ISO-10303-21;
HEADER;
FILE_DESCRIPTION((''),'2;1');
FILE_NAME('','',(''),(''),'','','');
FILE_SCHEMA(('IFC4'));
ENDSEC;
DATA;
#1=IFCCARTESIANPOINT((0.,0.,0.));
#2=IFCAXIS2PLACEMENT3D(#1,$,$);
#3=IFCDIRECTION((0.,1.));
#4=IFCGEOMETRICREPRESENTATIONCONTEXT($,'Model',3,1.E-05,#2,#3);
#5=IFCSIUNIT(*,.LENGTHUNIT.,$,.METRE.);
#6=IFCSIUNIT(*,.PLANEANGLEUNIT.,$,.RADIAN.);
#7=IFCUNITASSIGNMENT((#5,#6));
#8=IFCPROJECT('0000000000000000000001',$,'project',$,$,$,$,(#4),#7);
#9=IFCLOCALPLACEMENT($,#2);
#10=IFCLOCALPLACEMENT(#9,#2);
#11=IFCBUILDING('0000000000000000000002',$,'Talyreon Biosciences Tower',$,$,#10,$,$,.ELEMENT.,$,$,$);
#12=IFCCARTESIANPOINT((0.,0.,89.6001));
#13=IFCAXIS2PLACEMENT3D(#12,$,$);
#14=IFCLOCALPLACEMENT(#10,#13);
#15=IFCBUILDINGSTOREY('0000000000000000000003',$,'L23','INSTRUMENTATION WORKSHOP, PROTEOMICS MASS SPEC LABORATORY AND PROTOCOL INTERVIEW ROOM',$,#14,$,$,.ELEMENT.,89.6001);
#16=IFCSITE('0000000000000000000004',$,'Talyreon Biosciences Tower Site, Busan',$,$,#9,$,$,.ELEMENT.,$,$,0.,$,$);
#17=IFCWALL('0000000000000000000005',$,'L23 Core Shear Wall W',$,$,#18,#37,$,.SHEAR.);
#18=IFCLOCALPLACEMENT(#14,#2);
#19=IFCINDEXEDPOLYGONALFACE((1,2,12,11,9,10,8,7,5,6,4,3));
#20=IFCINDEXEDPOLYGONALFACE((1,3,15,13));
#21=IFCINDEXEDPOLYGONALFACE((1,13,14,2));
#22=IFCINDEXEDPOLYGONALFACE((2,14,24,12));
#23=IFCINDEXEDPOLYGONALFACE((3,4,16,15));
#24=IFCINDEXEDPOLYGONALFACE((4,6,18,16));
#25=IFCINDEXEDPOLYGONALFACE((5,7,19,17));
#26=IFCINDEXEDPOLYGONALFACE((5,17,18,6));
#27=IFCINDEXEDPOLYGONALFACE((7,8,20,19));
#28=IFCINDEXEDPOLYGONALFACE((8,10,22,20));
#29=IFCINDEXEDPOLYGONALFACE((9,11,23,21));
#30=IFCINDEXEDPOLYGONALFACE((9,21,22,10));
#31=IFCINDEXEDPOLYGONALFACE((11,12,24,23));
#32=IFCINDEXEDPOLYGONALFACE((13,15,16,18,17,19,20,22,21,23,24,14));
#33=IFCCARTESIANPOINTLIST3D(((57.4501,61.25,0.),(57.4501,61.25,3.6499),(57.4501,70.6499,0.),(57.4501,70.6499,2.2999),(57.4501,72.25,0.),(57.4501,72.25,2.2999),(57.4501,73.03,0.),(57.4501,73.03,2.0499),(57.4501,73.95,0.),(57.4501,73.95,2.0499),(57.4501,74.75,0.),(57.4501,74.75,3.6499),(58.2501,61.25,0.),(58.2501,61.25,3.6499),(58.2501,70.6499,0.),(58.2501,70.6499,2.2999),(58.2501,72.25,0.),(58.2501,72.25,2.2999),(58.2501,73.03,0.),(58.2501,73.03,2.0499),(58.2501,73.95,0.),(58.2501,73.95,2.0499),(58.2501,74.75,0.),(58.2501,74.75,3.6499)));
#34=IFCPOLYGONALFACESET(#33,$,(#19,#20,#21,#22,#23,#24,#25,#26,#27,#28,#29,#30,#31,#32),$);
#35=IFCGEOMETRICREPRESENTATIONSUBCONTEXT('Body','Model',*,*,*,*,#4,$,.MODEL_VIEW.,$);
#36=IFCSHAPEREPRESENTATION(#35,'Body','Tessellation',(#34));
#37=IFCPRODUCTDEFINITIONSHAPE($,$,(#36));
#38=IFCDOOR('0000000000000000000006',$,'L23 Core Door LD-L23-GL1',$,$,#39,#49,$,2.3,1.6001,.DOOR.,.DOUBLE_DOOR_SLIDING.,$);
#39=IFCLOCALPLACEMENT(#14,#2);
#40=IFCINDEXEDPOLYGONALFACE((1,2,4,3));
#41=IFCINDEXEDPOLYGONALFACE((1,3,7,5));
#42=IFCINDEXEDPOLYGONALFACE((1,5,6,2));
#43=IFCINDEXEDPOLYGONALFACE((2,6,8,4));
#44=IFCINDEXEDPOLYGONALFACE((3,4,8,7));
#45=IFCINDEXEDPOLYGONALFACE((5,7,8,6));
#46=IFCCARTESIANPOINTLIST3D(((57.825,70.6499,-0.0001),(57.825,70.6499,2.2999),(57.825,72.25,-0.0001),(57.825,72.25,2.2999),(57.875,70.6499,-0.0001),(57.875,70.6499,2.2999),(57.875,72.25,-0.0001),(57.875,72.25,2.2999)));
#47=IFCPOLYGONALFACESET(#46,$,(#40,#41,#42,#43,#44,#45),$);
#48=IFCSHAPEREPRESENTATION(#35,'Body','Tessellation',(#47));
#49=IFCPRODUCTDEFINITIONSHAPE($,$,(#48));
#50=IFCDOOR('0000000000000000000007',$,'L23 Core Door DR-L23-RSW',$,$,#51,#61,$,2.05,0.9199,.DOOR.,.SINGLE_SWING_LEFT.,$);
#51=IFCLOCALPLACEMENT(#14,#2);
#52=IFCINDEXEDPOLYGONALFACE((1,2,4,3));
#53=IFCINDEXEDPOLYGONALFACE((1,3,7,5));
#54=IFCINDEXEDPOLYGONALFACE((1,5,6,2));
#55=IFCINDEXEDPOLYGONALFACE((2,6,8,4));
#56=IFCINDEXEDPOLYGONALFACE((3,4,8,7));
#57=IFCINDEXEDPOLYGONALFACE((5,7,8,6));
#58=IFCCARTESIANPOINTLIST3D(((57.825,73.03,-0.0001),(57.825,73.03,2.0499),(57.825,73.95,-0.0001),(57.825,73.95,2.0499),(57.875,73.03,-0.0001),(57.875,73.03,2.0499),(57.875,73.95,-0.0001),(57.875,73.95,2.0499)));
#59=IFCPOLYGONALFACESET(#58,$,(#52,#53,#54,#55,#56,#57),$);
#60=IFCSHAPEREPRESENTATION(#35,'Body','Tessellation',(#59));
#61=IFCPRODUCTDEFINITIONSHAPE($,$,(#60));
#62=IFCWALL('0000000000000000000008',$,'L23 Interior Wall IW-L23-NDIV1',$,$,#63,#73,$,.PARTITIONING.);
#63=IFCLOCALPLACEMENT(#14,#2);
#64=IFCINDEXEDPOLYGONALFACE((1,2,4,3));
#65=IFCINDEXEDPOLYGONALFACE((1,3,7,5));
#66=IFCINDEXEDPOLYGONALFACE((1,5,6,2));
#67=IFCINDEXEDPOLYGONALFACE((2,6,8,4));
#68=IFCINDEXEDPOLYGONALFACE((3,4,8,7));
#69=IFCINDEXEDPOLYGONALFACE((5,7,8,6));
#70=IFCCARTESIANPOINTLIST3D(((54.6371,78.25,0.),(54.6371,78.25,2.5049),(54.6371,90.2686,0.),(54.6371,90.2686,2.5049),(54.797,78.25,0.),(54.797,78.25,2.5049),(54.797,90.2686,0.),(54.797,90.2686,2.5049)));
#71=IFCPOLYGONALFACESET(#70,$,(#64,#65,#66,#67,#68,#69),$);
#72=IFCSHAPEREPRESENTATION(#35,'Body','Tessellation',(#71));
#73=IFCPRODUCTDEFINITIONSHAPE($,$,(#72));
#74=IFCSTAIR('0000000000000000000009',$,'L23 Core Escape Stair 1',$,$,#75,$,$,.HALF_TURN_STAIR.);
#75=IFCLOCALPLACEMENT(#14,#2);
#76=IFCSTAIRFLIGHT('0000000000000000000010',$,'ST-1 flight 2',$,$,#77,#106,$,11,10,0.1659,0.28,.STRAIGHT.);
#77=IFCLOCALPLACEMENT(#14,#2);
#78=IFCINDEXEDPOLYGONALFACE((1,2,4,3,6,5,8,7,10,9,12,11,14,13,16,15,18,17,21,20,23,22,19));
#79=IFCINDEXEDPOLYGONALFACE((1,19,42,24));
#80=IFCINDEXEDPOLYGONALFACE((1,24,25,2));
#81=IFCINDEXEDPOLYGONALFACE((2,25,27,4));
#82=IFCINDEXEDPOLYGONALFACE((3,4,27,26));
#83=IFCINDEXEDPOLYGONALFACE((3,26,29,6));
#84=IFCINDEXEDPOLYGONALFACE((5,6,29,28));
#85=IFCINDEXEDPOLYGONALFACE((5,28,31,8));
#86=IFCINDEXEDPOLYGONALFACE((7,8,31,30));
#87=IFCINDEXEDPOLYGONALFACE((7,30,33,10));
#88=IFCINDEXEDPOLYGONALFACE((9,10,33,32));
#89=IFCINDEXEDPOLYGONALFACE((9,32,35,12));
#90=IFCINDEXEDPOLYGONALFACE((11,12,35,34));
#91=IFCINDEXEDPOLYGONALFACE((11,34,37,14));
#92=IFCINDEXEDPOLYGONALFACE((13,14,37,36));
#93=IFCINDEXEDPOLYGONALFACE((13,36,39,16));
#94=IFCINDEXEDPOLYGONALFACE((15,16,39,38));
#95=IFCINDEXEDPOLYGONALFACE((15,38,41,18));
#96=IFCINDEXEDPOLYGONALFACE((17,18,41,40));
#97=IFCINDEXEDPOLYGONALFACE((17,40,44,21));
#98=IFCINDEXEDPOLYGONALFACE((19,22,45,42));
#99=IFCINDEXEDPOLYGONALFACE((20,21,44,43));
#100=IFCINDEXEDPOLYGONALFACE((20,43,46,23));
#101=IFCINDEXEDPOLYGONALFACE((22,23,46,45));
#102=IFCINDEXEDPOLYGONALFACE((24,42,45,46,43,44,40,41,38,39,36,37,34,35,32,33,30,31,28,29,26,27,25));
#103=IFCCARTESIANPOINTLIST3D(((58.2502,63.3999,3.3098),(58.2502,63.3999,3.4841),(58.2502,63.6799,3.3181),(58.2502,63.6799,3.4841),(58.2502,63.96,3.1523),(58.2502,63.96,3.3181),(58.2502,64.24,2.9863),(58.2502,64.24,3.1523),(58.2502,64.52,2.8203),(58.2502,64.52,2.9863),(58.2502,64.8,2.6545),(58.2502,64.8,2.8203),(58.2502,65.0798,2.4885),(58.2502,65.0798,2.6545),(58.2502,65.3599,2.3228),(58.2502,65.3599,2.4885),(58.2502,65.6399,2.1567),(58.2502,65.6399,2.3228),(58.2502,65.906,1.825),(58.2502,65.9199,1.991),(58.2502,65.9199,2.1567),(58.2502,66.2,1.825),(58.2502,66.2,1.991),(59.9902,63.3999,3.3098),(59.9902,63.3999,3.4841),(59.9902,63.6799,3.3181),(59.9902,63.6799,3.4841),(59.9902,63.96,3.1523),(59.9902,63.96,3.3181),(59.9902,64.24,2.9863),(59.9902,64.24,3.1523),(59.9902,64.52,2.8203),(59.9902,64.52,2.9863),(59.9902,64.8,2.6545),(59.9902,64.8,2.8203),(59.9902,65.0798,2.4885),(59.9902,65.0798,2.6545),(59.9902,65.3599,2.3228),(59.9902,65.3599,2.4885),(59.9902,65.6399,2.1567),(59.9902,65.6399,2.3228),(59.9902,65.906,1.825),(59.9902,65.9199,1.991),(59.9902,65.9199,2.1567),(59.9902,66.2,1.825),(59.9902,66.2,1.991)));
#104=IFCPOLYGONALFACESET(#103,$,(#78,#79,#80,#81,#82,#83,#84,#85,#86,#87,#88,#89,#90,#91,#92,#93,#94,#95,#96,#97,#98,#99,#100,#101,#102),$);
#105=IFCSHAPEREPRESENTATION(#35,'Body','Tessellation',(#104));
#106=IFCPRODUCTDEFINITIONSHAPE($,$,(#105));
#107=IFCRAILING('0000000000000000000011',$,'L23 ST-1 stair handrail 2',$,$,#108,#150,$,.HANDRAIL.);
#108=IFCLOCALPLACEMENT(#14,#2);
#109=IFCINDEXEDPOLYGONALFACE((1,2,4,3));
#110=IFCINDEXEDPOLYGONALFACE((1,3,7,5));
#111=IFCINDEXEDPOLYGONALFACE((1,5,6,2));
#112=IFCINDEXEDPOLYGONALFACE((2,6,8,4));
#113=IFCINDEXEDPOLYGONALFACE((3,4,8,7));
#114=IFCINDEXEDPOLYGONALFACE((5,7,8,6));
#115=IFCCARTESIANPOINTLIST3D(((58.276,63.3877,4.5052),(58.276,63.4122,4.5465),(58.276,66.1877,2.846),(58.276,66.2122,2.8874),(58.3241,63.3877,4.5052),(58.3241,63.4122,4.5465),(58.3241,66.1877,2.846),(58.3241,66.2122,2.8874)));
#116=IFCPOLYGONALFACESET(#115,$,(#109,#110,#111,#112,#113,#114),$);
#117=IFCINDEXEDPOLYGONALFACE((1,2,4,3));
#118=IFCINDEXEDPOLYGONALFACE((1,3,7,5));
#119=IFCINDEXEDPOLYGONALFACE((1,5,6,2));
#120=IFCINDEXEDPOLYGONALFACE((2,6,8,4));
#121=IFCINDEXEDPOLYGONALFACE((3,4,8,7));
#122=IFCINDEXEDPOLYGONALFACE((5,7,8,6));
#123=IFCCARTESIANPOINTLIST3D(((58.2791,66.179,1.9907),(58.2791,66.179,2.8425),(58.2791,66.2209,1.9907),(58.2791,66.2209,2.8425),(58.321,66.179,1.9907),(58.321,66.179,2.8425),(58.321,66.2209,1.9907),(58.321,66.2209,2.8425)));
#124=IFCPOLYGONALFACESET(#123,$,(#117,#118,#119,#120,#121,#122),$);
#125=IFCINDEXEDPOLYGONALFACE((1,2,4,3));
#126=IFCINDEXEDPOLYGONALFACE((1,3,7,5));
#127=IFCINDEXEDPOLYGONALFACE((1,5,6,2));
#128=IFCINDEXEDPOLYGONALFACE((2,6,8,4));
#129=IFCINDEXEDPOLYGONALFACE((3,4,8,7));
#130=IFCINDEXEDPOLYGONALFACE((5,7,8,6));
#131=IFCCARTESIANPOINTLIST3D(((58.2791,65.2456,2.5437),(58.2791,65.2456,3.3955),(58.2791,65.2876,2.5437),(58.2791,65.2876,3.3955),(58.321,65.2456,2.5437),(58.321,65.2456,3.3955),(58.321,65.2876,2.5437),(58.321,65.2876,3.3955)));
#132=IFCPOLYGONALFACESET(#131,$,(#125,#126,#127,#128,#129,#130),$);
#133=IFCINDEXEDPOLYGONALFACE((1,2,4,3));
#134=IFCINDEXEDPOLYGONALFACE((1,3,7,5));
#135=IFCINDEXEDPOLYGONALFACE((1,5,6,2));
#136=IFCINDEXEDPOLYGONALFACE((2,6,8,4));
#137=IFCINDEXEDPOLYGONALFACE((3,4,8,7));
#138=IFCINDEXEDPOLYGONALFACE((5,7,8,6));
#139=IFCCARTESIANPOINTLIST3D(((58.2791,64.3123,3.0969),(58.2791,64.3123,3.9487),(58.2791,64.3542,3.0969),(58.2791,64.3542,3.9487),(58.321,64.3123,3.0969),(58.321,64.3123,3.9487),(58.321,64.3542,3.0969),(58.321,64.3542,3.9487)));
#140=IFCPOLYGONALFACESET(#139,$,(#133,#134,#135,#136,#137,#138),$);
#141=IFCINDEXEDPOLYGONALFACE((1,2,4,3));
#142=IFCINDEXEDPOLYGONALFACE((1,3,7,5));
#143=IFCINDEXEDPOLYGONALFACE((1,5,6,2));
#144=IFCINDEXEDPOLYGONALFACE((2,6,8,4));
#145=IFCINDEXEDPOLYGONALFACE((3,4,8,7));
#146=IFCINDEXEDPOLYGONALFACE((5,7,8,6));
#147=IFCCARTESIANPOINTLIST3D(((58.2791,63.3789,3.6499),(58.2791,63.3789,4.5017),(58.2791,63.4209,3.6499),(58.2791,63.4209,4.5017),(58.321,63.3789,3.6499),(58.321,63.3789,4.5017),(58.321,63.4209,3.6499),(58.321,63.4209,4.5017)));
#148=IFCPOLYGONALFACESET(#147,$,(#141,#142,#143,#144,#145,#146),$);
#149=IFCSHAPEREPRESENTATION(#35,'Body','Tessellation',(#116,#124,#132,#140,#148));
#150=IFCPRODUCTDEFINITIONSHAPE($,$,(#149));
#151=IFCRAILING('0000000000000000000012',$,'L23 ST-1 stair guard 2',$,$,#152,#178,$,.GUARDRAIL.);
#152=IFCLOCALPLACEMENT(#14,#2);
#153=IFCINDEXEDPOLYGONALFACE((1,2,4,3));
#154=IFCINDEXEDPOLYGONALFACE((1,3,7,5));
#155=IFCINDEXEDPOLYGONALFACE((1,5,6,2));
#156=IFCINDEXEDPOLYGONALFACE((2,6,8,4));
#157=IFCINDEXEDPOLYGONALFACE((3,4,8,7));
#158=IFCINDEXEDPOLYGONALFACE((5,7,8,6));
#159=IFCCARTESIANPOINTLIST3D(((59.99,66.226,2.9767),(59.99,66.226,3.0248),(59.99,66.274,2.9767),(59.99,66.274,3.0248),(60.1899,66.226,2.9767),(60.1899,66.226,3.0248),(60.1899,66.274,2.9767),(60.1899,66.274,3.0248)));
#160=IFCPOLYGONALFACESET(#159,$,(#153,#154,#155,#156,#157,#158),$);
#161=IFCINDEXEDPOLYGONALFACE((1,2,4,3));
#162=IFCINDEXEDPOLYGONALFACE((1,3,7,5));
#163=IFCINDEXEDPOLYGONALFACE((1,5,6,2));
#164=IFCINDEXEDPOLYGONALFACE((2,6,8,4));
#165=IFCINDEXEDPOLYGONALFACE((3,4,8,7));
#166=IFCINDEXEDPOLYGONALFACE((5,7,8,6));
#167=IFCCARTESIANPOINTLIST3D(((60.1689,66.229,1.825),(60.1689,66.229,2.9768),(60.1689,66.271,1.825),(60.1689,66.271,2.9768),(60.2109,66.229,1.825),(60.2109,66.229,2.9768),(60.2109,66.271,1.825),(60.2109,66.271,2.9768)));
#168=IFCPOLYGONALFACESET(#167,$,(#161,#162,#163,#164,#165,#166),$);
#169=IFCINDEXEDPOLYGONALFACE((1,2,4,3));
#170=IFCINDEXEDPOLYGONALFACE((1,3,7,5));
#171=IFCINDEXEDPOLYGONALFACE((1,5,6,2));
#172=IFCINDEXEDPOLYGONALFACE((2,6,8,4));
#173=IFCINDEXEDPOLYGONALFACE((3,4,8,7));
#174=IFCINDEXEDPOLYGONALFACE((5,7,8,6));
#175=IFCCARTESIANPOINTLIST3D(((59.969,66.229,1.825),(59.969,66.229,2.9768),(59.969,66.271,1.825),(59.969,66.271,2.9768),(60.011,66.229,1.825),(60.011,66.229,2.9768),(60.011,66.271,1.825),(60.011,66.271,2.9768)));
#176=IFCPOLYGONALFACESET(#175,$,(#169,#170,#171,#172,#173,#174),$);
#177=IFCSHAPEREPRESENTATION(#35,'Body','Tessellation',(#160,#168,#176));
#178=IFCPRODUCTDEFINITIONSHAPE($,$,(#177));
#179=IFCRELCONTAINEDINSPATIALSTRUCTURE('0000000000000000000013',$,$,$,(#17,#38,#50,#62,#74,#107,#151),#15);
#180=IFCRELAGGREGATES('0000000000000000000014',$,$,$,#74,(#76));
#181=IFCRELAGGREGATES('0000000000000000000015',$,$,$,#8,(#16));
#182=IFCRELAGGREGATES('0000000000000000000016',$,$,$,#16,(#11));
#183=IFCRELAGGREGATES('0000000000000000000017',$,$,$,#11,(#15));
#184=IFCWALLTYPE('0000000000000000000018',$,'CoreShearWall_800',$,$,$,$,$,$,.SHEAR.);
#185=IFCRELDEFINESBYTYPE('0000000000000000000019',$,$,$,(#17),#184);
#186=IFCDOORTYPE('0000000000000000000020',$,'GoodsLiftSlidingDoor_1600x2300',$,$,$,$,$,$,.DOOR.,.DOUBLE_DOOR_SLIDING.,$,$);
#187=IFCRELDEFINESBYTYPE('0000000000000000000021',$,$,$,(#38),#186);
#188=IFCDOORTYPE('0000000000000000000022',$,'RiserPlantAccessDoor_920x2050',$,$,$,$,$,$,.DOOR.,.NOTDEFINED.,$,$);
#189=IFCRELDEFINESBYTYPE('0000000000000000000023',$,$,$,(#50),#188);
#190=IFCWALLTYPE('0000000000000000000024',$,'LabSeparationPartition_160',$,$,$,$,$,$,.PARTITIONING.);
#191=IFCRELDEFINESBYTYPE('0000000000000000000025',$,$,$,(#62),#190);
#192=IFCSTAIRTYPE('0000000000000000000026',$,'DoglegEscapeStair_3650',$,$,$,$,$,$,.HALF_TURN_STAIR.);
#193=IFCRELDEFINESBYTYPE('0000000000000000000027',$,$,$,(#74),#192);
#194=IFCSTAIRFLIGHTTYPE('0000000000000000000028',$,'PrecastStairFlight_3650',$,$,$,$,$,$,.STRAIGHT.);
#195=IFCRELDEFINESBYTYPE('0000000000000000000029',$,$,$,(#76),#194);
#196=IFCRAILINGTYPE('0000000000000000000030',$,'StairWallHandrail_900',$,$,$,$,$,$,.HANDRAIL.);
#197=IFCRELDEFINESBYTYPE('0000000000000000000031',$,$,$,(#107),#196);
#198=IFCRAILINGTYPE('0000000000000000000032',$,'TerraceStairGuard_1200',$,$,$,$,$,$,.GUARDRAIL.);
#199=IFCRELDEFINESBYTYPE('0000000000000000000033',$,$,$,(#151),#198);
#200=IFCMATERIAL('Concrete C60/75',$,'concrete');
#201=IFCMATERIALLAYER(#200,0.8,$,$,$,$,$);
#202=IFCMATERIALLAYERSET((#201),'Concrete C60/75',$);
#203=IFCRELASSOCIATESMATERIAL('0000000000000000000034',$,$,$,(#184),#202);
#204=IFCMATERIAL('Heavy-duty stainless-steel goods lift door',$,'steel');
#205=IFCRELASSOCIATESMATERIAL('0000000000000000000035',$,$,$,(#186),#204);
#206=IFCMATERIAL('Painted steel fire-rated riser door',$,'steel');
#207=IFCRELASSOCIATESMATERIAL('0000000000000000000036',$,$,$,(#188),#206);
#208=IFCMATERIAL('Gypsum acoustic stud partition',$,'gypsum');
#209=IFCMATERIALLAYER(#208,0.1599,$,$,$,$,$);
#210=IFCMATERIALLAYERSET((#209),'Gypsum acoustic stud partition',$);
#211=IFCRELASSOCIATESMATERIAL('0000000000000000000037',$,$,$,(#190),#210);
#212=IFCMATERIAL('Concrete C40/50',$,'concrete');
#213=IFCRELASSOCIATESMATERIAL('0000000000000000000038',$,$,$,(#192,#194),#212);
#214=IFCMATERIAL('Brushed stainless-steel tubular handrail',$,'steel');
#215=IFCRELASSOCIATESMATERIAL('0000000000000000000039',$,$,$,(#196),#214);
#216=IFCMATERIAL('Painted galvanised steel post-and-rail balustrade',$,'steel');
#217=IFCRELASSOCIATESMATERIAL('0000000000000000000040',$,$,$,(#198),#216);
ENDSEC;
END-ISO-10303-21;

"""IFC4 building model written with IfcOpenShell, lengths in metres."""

from ifc_helpers import new_model, si_unit, direction, frame, frame_2d, origin, origin_2d, place, context, subcontext, project, spatial, polyline, rectangle, outline, extrude, material, layer, layer_set, type_object, element, fill, aggregate, save


model = new_model("IFC4")

# Units and contexts
model_context = context("Model", 3, precision=1e-05, world=origin(), true_north=direction((0.0, 1.0)))
body_context = subcontext(model_context, "Body", "Model", "MODEL_VIEW")
ifc_project = project(units=[si_unit("LENGTHUNIT", "METRE"), si_unit("PLANEANGLEUNIT", "RADIAN")], contexts=[model_context])

# Site, building, storey
site_placement = place(None, origin())
site = spatial("IfcSite", under=ifc_project, at=site_placement, Name="Talyreon Biosciences Tower Site, Busan", CompositionType="ELEMENT", RefElevation=0.0)
building_placement = place(site_placement, origin())
building = spatial("IfcBuilding", under=site, at=building_placement, Name="Talyreon Biosciences Tower", CompositionType="ELEMENT")
storey_placement = place(building_placement, frame((0.0, 0.0, 89.6001)))
storey = spatial("IfcBuildingStorey", under=building, at=storey_placement, Name="L23", Description="INSTRUMENTATION WORKSHOP, PROTEOMICS MASS SPEC LABORATORY AND PROTOCOL INTERVIEW ROOM", CompositionType="ELEMENT", Elevation=89.6001)

# Shared definitions
ifc_material_1 = material(Name="Concrete C60/75", Category="concrete")

# Shared definitions
ifc_layer_1 = layer(ifc_material_1, 0.8)
ifc_layer_set_1 = layer_set([ifc_layer_1], Name="Concrete C60/75")
wall_type_1 = type_object("IfcWallType", Name="CoreShearWall_800", PredefinedType="SHEAR", material=ifc_layer_set_1)

# Wall, openings, doors
wall_1_placement = place(storey_placement, frame((57.8501, 74.75, 0.0), z_axis=(0.0, 0.0, 1.0), x_axis=(0.0, -1.0, 0.0)))
wall_1 = element("IfcWall", 1, at=wall_1_placement, inside=storey, type_object=wall_type_1, Name="L23 Core Shear Wall W", PredefinedType="SHEAR", context=body_context, shape_type="SweptSolid", body=[
    extrude(rectangle(XDim=13.5, YDim=0.8, at=frame_2d((6.75, 0.0))), origin(), (0.0, 0.0, 1.0), 3.6499),
])
opening_1_placement = place(wall_1_placement, frame((0.8, 0.0, 0.0)))
opening_1 = element("IfcOpeningElement", 2, at=opening_1_placement, cuts=wall_1, PredefinedType="OPENING", context=body_context, shape_type="SweptSolid", body=[
    extrude(rectangle(XDim=0.9199, YDim=2.05, at=frame_2d((0.46, 1.0249))), frame((0.0, 0.4099, 0.0), z_axis=(0.0, -1.0, 0.0), x_axis=(1.0, 0.0, 0.0)), (0.0, 0.0, 1.0), 0.8201),
])
opening_2_placement = place(wall_1_placement, frame((2.5, 0.0, 0.0)))
opening_2 = element("IfcOpeningElement", 3, at=opening_2_placement, cuts=wall_1, PredefinedType="OPENING", context=body_context, shape_type="SweptSolid", body=[
    extrude(rectangle(XDim=1.6001, YDim=2.3, at=frame_2d((0.8, 1.1499))), frame((0.0, 0.4099, 0.0), z_axis=(0.0, -1.0, 0.0), x_axis=(1.0, 0.0, 0.0)), (0.0, 0.0, 1.0), 0.8201),
])
ifc_material_2 = material(Name="Heavy-duty stainless-steel goods lift door", Category="steel")
door_type_1 = type_object("IfcDoorType", Name="GoodsLiftSlidingDoor_1600x2300", OperationType="DOUBLE_DOOR_SLIDING", PredefinedType="DOOR", material=ifc_material_2)
door_1_placement = place(opening_2_placement, origin())
door_1 = element("IfcDoor", 4, at=door_1_placement, inside=storey, type_object=door_type_1, Name="L23 Core Door LD-L23-GL1", OperationType="DOUBLE_DOOR_SLIDING", OverallHeight=2.3, OverallWidth=1.6001, PredefinedType="DOOR", context=body_context, shape_type="SweptSolid", body=[
    extrude(rectangle(XDim=1.6001, YDim=2.3, at=frame_2d((0.8, 1.1499))), frame((0.0, 0.0249, 0.0), z_axis=(0.0, -1.0, 0.0), x_axis=(1.0, 0.0, 0.0)), (0.0, 0.0, 1.0), 0.05),
])
fill(opening_2, door_1)
ifc_material_3 = material(Name="Painted steel fire-rated riser door", Category="steel")
door_type_2 = type_object("IfcDoorType", Name="RiserPlantAccessDoor_920x2050", OperationType="NOTDEFINED", PredefinedType="DOOR", material=ifc_material_3)
door_2_placement = place(opening_1_placement, origin())
door_2 = element("IfcDoor", 5, at=door_2_placement, inside=storey, type_object=door_type_2, Name="L23 Core Door DR-L23-RSW", OperationType="SINGLE_SWING_LEFT", OverallHeight=2.05, OverallWidth=0.9199, PredefinedType="DOOR", context=body_context, shape_type="SweptSolid", body=[
    extrude(rectangle(XDim=0.9199, YDim=2.05, at=frame_2d((0.46, 1.0249))), frame((0.0, 0.0249, 0.0), z_axis=(0.0, -1.0, 0.0), x_axis=(1.0, 0.0, 0.0)), (0.0, 0.0, 1.0), 0.05),
])
fill(opening_1, door_2)

# Wall
ifc_material_4 = material(Name="Gypsum acoustic stud partition", Category="gypsum")
ifc_layer_2 = layer(ifc_material_4, 0.1599)
ifc_layer_set_2 = layer_set([ifc_layer_2], Name="Gypsum acoustic stud partition")
wall_type_2 = type_object("IfcWallType", Name="LabSeparationPartition_160", PredefinedType="PARTITIONING", material=ifc_layer_set_2)
wall_2_placement = place(storey_placement, frame((54.717, 78.25, 0.0), z_axis=(0.0, 0.0, 1.0), x_axis=(0.0, 1.0, 0.0)))
element("IfcWall", 6, at=wall_2_placement, inside=storey, type_object=wall_type_2, Name="L23 Interior Wall IW-L23-NDIV1", PredefinedType="PARTITIONING", context=body_context, shape_type="SweptSolid", body=[
    extrude(rectangle(XDim=12.0186, YDim=0.1599, at=frame_2d((6.0093, 0.0))), origin(), (0.0, 0.0, 1.0), 2.5049),
])

# Stair, stair flight
ifc_material_5 = material(Name="Concrete C40/50", Category="concrete")
stair_type = type_object("IfcStairType", Name="DoglegEscapeStair_3650", PredefinedType="HALF_TURN_STAIR", material=ifc_material_5)
stair_placement = place(storey_placement, origin())
stair = element("IfcStair", 7, at=stair_placement, inside=storey, type_object=stair_type, Name="L23 Core Escape Stair 1", PredefinedType="HALF_TURN_STAIR")
stair_flight_type = type_object("IfcStairFlightType", Name="PrecastStairFlight_3650", PredefinedType="STRAIGHT", material=ifc_material_5)
stair_flight_placement = place(storey_placement, frame((59.1201, 66.2, 1.825), z_axis=(0.0, 0.0, 1.0), x_axis=(0.0, -1.0, 0.0)))
stair_flight = element("IfcStairFlight", 8, at=stair_flight_placement, type_object=stair_flight_type, Name="ST-1 flight 2", NumberOfRisers=11, NumberOfTreads=10, PredefinedType="STRAIGHT", RiserHeight=0.1659, TreadLength=0.28, context=body_context, shape_type="SweptSolid", body=[
    extrude(outline(polyline([(0.0, 0.0), (0.0, 0.166), (0.28, 0.166), (0.28, 0.3318), (0.5601, 0.3318), (0.5601, 0.4978), (0.8401, 0.4978), (0.8401, 0.6636), (1.1201, 0.6636), (1.1201, 0.8296), (1.3999, 0.8296), (1.3999, 0.9954), (1.6799, 0.9954), (1.6799, 1.1614), (1.96, 1.1614), (1.96, 1.3274), (2.24, 1.3274), (2.24, 1.4932), (2.52, 1.4932), (2.52, 1.6592), (2.8, 1.6592), (2.8, 1.825), (2.8, 1.4849), (0.2939, 0.0), (0.0, 0.0)])), frame((0.0, 0.8701, 0.0), z_axis=(0.0, -1.0, 0.0), x_axis=(1.0, 0.0, 0.0)), (0.0, 0.0, 1.0), 1.74),
])
aggregate(stair, [stair_flight])

# Railings
ifc_material_6 = material(Name="Brushed stainless-steel tubular handrail", Category="steel")
railing_type_1 = type_object("IfcRailingType", Name="StairWallHandrail_900", PredefinedType="HANDRAIL", material=ifc_material_6)
railing_1_placement = place(storey_placement, frame((58.3, 66.2, 1.9907)))
element("IfcRailing", 9, at=railing_1_placement, inside=storey, type_object=railing_type_1, Name="L23 ST-1 stair handrail 2", PredefinedType="HANDRAIL", context=body_context, shape_type="SweptSolid", body=[
    extrude(rectangle(XDim=0.0481, YDim=0.0481, at=origin_2d()), frame((0.0, 0.0, 0.876), z_axis=(0.0, -0.860306, 0.509778), x_axis=(1.0, 0.0, 0.0)), (0.0, 0.0, 1.0), 3.2546),
    extrude(rectangle(XDim=0.042, YDim=0.042, at=origin_2d()), origin(), (0.0, 0.0, 1.0), 0.8518),
    extrude(rectangle(XDim=0.042, YDim=0.042, at=origin_2d()), frame((0.0, -0.9333, 0.553)), (0.0, 0.0, 1.0), 0.8518),
    extrude(rectangle(XDim=0.042, YDim=0.042, at=origin_2d()), frame((0.0, -1.8667, 1.1062)), (0.0, 0.0, 1.0), 0.8518),
    extrude(rectangle(XDim=0.042, YDim=0.042, at=origin_2d()), frame((0.0, -2.8, 1.6592)), (0.0, 0.0, 1.0), 0.8518),
])
ifc_material_7 = material(Name="Painted galvanised steel post-and-rail balustrade", Category="steel")
railing_type_2 = type_object("IfcRailingType", Name="TerraceStairGuard_1200", PredefinedType="GUARDRAIL", material=ifc_material_7)
railing_2_placement = place(storey_placement, frame((60.1899, 66.25, 1.825)))
element("IfcRailing", 10, at=railing_2_placement, inside=storey, type_object=railing_type_2, Name="L23 ST-1 stair guard 2", PredefinedType="GUARDRAIL", context=body_context, shape_type="SweptSolid", body=[
    extrude(rectangle(XDim=0.0481, YDim=0.0481, at=origin_2d()), frame((0.0, 0.0, 1.1758), z_axis=(-1.0, 0.0, 0.0), x_axis=(0.0, -1.0, 0.0)), (0.0, 0.0, 1.0), 0.2),
    extrude(rectangle(XDim=0.042, YDim=0.042, at=origin_2d()), origin(), (0.0, 0.0, 1.0), 1.1519),
    extrude(rectangle(XDim=0.042, YDim=0.042, at=origin_2d()), frame((-0.2, 0.0, 0.0)), (0.0, 0.0, 1.0), 1.1519),
])

save(model, "model.ifc")
